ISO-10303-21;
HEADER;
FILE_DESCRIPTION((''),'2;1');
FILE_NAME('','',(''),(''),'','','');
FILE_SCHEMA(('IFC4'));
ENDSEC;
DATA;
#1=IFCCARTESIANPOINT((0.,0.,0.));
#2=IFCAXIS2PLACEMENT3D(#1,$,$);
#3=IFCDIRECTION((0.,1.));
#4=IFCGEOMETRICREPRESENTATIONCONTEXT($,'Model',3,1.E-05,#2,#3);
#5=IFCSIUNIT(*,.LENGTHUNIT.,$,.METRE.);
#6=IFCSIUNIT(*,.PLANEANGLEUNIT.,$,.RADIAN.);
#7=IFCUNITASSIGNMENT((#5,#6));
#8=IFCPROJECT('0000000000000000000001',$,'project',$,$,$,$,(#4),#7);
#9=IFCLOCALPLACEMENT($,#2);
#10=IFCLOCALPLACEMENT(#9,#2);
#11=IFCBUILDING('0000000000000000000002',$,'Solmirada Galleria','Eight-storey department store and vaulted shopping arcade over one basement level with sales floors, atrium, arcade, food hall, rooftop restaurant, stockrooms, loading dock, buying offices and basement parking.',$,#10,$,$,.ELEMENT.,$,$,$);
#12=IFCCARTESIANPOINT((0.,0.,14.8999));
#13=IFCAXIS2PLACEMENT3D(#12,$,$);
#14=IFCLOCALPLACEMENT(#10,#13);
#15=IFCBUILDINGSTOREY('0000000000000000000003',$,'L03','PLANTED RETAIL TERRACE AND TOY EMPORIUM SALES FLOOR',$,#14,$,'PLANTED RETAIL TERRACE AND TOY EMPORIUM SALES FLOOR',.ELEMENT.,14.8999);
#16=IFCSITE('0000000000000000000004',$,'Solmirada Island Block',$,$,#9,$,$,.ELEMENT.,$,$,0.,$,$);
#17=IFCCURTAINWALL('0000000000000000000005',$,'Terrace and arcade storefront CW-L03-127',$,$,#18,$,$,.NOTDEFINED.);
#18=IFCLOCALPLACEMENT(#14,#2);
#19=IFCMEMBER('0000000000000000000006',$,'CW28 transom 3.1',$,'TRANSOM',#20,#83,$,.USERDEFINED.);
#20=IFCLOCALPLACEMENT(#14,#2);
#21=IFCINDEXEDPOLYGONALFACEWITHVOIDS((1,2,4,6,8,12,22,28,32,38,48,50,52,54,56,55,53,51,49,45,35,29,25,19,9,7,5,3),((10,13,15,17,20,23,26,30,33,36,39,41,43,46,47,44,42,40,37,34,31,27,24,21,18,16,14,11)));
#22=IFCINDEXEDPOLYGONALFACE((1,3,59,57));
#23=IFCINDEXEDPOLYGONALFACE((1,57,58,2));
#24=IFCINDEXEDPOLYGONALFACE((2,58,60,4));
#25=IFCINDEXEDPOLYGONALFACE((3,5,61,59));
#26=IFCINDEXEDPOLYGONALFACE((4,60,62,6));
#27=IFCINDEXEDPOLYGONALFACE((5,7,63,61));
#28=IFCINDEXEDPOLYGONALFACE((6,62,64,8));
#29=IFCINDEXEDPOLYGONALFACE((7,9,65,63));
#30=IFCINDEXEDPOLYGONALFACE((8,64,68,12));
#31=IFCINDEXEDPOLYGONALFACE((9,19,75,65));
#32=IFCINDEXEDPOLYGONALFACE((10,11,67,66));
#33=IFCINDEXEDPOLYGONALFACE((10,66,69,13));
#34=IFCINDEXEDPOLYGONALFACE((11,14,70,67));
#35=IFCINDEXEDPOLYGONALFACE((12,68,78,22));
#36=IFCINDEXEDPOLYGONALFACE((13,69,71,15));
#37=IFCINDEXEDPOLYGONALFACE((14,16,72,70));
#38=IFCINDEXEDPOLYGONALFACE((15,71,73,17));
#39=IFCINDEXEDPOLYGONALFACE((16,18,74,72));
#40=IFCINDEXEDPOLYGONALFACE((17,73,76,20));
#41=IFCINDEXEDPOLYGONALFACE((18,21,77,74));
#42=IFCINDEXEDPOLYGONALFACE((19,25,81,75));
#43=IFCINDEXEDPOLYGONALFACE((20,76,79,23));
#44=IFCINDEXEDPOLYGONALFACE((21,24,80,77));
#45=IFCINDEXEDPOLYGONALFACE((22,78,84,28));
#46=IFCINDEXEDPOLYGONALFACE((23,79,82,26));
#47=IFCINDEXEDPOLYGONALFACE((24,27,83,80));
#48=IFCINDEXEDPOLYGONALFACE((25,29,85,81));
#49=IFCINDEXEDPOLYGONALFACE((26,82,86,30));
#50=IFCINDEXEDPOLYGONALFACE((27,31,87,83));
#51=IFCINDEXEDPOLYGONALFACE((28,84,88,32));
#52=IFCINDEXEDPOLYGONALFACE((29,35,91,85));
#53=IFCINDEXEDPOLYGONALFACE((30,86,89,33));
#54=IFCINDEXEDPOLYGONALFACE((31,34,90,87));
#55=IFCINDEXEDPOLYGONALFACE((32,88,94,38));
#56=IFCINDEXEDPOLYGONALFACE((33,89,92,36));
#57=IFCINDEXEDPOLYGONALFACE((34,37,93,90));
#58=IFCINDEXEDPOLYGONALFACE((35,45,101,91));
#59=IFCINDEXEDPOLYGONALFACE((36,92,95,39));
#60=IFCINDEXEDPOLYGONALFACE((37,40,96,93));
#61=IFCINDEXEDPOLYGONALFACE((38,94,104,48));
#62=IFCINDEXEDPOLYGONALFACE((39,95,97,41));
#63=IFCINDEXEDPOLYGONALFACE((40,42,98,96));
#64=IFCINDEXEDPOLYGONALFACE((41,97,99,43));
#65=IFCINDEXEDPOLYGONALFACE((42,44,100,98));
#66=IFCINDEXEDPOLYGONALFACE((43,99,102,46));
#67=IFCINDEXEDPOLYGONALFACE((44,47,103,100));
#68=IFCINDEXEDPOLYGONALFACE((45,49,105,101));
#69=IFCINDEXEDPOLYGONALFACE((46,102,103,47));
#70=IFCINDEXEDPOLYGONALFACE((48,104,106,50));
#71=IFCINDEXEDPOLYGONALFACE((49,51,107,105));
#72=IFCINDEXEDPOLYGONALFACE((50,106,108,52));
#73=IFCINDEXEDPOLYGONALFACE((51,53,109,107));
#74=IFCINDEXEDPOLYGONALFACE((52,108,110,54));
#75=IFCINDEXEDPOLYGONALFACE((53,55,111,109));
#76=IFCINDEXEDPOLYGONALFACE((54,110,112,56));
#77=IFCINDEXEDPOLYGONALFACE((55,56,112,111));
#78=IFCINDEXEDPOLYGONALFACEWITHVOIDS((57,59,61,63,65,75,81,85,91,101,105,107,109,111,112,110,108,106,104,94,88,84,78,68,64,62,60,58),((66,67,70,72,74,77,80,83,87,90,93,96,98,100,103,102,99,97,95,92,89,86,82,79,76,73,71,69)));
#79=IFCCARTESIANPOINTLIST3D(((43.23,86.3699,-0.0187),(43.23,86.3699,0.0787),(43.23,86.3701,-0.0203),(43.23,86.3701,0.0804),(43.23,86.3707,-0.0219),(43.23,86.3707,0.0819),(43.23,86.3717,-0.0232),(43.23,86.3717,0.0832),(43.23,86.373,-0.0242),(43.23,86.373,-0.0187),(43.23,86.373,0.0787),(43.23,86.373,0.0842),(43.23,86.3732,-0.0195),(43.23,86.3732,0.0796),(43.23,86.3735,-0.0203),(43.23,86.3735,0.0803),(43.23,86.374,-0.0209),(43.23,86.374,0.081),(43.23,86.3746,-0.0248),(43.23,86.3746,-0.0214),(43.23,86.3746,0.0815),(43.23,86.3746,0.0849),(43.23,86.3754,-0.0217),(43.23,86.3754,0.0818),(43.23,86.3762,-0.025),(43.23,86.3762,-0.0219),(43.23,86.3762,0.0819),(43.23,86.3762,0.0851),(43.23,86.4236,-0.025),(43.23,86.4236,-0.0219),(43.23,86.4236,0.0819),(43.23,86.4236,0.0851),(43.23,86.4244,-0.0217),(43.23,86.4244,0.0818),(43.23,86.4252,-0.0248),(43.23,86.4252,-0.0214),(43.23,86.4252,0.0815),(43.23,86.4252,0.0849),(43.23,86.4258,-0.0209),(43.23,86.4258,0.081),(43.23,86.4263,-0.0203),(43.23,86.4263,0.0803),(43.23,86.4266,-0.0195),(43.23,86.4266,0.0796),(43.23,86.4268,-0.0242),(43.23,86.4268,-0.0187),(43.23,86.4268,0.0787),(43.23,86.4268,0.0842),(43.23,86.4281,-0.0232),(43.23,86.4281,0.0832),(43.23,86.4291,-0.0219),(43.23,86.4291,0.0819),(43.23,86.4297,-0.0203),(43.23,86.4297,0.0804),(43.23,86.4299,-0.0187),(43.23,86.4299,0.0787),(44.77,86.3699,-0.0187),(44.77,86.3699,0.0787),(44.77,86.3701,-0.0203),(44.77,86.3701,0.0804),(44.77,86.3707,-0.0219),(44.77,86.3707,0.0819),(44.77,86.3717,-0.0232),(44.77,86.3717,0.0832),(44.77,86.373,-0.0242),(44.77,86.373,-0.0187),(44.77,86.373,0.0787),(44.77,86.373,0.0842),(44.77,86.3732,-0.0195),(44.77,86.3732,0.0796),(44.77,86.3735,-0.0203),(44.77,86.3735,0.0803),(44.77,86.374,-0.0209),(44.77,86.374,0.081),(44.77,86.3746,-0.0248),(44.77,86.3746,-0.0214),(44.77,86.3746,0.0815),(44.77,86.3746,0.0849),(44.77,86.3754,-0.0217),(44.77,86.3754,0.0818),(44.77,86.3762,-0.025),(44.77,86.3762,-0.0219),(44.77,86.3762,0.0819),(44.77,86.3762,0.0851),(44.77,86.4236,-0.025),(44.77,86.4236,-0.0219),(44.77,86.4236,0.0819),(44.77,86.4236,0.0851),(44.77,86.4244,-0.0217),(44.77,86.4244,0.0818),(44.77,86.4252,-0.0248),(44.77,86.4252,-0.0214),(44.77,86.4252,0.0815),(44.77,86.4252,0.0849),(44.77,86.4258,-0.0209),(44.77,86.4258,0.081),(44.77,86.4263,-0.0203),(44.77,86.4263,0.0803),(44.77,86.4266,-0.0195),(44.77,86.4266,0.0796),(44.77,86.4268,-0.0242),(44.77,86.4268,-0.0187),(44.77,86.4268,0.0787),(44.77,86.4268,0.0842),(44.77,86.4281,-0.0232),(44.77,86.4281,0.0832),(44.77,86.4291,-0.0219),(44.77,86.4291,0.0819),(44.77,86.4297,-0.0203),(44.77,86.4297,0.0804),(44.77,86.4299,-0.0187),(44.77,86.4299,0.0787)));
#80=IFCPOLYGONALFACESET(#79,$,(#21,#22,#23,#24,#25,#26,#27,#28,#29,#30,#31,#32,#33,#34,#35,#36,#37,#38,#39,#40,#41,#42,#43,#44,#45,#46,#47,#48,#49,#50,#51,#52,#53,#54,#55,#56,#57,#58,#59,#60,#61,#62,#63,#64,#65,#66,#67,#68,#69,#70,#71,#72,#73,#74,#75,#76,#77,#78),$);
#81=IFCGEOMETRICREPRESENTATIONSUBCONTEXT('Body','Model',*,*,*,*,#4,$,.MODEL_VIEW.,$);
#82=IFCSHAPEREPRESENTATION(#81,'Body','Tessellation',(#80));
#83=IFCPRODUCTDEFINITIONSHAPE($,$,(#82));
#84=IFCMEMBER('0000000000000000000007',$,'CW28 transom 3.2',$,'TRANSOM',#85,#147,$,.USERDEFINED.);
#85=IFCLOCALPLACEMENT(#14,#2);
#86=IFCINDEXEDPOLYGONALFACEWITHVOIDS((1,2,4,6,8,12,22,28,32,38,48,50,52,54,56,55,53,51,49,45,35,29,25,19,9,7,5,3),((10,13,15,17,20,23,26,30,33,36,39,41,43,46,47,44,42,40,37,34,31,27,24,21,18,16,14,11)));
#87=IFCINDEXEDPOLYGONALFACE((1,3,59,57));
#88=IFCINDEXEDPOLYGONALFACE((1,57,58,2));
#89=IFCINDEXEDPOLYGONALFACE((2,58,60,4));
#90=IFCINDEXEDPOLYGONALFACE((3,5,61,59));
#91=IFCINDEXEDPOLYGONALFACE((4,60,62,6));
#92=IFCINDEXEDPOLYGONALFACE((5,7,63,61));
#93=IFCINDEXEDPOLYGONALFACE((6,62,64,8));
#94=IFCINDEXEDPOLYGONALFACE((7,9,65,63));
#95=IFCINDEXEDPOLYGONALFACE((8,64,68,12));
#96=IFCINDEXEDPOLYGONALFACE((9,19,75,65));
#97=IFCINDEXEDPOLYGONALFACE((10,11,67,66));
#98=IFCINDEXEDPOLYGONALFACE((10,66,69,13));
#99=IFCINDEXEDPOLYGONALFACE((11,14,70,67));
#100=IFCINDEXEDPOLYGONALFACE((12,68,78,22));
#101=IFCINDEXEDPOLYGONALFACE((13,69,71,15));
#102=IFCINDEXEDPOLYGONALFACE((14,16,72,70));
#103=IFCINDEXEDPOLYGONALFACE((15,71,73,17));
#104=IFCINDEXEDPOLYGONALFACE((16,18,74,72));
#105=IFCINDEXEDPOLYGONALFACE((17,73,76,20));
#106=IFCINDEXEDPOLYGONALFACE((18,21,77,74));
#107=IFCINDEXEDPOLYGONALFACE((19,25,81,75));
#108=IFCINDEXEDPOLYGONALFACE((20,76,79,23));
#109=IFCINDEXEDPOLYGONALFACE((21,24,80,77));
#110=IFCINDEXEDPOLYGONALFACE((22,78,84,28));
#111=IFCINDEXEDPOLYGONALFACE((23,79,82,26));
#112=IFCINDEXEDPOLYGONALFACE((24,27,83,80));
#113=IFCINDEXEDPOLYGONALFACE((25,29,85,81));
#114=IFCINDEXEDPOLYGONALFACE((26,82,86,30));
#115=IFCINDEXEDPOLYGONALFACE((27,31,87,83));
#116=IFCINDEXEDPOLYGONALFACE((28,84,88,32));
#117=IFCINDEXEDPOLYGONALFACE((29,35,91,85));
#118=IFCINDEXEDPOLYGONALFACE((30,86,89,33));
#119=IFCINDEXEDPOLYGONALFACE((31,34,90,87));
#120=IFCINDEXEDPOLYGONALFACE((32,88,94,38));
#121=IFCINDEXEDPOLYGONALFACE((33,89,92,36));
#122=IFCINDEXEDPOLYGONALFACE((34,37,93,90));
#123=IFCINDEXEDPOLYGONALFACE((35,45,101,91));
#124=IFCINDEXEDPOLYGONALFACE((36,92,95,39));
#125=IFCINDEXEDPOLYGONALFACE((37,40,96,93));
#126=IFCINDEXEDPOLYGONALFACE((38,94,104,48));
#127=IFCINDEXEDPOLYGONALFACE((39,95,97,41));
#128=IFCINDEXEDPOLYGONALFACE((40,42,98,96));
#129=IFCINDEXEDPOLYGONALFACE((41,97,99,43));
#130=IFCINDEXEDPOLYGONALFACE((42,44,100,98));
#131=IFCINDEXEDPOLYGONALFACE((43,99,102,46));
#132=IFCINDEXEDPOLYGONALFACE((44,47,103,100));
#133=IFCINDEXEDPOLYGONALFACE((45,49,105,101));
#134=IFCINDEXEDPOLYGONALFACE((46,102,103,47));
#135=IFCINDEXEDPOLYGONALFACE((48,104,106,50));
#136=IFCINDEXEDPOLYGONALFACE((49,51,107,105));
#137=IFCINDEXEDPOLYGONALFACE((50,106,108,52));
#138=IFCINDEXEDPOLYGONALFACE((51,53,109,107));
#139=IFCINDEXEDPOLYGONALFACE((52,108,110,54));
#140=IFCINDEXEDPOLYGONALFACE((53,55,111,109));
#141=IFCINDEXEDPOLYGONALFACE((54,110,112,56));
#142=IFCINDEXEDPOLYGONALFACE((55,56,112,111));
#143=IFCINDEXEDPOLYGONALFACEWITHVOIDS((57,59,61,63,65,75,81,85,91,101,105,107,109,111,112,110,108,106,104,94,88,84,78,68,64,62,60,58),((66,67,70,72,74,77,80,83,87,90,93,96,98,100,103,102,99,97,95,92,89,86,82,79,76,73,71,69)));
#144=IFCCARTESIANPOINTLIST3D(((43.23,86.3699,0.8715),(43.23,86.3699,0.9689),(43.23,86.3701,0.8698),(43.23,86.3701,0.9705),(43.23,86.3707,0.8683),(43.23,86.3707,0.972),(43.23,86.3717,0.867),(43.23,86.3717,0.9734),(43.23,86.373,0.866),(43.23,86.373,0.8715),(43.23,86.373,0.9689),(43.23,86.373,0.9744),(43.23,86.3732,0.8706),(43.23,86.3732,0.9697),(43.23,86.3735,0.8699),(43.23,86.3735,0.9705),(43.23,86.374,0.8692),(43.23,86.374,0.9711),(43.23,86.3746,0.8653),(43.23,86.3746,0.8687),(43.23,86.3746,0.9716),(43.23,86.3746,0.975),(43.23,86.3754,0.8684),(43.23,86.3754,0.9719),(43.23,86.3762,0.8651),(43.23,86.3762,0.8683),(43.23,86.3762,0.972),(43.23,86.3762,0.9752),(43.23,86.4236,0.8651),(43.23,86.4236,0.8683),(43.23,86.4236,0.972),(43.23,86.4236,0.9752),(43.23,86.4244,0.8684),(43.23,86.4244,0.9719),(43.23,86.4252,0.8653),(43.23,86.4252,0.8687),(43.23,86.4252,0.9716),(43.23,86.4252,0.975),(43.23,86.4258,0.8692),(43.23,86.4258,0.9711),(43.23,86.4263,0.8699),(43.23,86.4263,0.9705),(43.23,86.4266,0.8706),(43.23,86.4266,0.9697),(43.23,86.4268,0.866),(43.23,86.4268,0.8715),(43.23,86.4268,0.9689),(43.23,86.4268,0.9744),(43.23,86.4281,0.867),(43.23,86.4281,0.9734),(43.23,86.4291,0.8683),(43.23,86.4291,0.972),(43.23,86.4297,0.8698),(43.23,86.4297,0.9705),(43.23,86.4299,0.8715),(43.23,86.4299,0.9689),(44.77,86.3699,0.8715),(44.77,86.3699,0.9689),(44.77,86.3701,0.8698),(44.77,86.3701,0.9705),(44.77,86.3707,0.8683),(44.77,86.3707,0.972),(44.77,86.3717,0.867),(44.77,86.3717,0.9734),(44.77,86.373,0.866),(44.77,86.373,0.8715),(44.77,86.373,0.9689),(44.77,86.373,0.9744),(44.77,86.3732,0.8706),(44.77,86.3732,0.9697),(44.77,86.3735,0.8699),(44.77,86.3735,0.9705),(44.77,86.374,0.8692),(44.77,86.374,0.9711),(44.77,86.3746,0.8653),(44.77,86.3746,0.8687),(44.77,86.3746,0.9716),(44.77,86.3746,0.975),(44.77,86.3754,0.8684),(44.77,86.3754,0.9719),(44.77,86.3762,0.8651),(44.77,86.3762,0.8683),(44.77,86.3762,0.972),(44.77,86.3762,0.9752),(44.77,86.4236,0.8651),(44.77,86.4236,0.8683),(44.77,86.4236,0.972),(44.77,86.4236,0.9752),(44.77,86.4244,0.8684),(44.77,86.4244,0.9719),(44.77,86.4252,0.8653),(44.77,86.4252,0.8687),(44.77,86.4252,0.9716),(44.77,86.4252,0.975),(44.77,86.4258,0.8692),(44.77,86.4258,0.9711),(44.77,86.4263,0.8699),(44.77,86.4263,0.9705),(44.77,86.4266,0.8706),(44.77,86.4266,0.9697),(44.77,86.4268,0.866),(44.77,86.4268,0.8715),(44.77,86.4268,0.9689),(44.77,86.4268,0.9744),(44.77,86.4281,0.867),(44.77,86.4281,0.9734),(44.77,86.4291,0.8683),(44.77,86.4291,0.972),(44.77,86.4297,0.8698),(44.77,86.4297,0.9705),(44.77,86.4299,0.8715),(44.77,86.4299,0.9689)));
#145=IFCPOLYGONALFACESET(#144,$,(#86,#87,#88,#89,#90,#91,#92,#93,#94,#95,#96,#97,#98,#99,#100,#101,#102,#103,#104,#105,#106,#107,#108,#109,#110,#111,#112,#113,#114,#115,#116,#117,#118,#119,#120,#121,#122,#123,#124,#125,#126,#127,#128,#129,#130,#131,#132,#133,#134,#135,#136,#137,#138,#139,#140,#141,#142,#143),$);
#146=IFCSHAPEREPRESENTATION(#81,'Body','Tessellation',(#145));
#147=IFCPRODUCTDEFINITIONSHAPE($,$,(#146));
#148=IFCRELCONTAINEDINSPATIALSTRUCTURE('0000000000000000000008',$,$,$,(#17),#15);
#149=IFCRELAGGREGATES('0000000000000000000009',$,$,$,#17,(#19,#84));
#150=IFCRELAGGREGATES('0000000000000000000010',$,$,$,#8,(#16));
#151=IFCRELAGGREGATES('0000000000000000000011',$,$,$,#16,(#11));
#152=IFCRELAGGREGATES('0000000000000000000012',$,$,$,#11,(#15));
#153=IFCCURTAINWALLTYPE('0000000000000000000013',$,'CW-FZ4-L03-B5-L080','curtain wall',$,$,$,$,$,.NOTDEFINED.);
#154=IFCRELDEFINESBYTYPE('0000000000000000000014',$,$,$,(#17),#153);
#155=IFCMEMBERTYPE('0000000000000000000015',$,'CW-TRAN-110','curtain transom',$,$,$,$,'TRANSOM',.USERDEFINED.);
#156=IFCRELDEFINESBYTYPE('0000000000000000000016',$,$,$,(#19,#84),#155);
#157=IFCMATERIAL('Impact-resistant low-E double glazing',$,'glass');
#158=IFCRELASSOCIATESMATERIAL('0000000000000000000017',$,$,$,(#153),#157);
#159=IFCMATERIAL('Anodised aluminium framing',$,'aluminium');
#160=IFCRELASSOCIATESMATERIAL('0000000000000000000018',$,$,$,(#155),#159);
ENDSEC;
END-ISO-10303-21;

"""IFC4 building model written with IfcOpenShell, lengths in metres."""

from ifc_helpers import new_model, si_unit, direction, frame, origin, origin_2d, place, context, subcontext, project, spatial, hollow_rectangle, extrude, material, material_profile, profile_set, type_object, element, aggregate, save


model = new_model("IFC4")

# Units and contexts
model_context = context("Model", 3, precision=1e-05, world=origin(), true_north=direction((0.0, 1.0)))
body_context = subcontext(model_context, "Body", "Model", "MODEL_VIEW")
ifc_project = project(units=[si_unit("LENGTHUNIT", "METRE"), si_unit("PLANEANGLEUNIT", "RADIAN")], contexts=[model_context])

# Site, building, storey
site_placement = place(None, origin())
site = spatial("IfcSite", under=ifc_project, at=site_placement, Name="Solmirada Island Block", CompositionType="ELEMENT", RefElevation=0.0)
building_placement = place(site_placement, origin())
building = spatial("IfcBuilding", under=site, at=building_placement, Name="Solmirada Galleria", Description="Eight-storey department store and vaulted shopping arcade over one basement level with sales floors, atrium, arcade, food hall, rooftop restaurant, stockrooms, loading dock, buying offices and basement parking.", CompositionType="ELEMENT")
storey_placement = place(building_placement, frame((0.0, 0.0, 14.8999)))
storey = spatial("IfcBuildingStorey", under=building, at=storey_placement, Name="L03", Description="PLANTED RETAIL TERRACE AND TOY EMPORIUM SALES FLOOR", LongName="PLANTED RETAIL TERRACE AND TOY EMPORIUM SALES FLOOR", CompositionType="ELEMENT", Elevation=14.8999)

# Curtain wall, members
ifc_material_1 = material(Name="Impact-resistant low-E double glazing", Category="glass")
curtain_wall_type = type_object("IfcCurtainWallType", Name="CW-FZ4-L03-B5-L080", Description="curtain wall", PredefinedType="NOTDEFINED", material=ifc_material_1)
curtain_wall_placement = place(storey_placement, origin())
curtain_wall = element("IfcCurtainWall", 1, at=curtain_wall_placement, inside=storey, type_object=curtain_wall_type, Name="Terrace and arcade storefront CW-L03-127", PredefinedType="NOTDEFINED")
ifc_material_2 = material(Name="Anodised aluminium framing", Category="aluminium")
ifc_material_profile_1 = material_profile(ifc_material_2, hollow_rectangle(XDim=0.0601, YDim=0.1101, WallThickness=0.0032, InnerFilletRadius=0.0032, OuterFilletRadius=0.0063, at=origin_2d()), Name="ALU-TRAN-110X60")
ifc_profile_set_1 = profile_set([ifc_material_profile_1], Name="Anodised aluminium framing")
member_type_1 = type_object("IfcMemberType", Name="CW-TRAN-110", Description="curtain transom", ElementType="TRANSOM", PredefinedType="USERDEFINED", material=ifc_profile_set_1)
member_1_placement = place(storey_placement, frame((44.77, 86.3999, 0.03), z_axis=(-1.0, 0.0, 0.0), x_axis=(0.0, -1.0, 0.0)))
member_1 = element("IfcMember", 2, at=member_1_placement, type_object=member_type_1, Name="CW28 transom 3.1", ObjectType="TRANSOM", PredefinedType="USERDEFINED", context=body_context, shape_type="SweptSolid", body=[
    extrude(hollow_rectangle(XDim=0.0601, YDim=0.1101, WallThickness=0.0032, InnerFilletRadius=0.0032, OuterFilletRadius=0.0063, at=origin_2d()), origin(), (0.0, 0.0, 1.0), 1.54),
])
member_2_placement = place(storey_placement, frame((44.77, 86.3999, 0.9202), z_axis=(-1.0, 0.0, 0.0), x_axis=(0.0, -1.0, 0.0)))
member_2 = element("IfcMember", 3, at=member_2_placement, type_object=member_type_1, Name="CW28 transom 3.2", ObjectType="TRANSOM", PredefinedType="USERDEFINED", context=body_context, shape_type="SweptSolid", body=[
    extrude(hollow_rectangle(XDim=0.0601, YDim=0.1101, WallThickness=0.0032, InnerFilletRadius=0.0032, OuterFilletRadius=0.0063, at=origin_2d()), origin(), (0.0, 0.0, 1.0), 1.54),
])
aggregate(curtain_wall, [member_1, member_2])

save(model, "model.ifc")
